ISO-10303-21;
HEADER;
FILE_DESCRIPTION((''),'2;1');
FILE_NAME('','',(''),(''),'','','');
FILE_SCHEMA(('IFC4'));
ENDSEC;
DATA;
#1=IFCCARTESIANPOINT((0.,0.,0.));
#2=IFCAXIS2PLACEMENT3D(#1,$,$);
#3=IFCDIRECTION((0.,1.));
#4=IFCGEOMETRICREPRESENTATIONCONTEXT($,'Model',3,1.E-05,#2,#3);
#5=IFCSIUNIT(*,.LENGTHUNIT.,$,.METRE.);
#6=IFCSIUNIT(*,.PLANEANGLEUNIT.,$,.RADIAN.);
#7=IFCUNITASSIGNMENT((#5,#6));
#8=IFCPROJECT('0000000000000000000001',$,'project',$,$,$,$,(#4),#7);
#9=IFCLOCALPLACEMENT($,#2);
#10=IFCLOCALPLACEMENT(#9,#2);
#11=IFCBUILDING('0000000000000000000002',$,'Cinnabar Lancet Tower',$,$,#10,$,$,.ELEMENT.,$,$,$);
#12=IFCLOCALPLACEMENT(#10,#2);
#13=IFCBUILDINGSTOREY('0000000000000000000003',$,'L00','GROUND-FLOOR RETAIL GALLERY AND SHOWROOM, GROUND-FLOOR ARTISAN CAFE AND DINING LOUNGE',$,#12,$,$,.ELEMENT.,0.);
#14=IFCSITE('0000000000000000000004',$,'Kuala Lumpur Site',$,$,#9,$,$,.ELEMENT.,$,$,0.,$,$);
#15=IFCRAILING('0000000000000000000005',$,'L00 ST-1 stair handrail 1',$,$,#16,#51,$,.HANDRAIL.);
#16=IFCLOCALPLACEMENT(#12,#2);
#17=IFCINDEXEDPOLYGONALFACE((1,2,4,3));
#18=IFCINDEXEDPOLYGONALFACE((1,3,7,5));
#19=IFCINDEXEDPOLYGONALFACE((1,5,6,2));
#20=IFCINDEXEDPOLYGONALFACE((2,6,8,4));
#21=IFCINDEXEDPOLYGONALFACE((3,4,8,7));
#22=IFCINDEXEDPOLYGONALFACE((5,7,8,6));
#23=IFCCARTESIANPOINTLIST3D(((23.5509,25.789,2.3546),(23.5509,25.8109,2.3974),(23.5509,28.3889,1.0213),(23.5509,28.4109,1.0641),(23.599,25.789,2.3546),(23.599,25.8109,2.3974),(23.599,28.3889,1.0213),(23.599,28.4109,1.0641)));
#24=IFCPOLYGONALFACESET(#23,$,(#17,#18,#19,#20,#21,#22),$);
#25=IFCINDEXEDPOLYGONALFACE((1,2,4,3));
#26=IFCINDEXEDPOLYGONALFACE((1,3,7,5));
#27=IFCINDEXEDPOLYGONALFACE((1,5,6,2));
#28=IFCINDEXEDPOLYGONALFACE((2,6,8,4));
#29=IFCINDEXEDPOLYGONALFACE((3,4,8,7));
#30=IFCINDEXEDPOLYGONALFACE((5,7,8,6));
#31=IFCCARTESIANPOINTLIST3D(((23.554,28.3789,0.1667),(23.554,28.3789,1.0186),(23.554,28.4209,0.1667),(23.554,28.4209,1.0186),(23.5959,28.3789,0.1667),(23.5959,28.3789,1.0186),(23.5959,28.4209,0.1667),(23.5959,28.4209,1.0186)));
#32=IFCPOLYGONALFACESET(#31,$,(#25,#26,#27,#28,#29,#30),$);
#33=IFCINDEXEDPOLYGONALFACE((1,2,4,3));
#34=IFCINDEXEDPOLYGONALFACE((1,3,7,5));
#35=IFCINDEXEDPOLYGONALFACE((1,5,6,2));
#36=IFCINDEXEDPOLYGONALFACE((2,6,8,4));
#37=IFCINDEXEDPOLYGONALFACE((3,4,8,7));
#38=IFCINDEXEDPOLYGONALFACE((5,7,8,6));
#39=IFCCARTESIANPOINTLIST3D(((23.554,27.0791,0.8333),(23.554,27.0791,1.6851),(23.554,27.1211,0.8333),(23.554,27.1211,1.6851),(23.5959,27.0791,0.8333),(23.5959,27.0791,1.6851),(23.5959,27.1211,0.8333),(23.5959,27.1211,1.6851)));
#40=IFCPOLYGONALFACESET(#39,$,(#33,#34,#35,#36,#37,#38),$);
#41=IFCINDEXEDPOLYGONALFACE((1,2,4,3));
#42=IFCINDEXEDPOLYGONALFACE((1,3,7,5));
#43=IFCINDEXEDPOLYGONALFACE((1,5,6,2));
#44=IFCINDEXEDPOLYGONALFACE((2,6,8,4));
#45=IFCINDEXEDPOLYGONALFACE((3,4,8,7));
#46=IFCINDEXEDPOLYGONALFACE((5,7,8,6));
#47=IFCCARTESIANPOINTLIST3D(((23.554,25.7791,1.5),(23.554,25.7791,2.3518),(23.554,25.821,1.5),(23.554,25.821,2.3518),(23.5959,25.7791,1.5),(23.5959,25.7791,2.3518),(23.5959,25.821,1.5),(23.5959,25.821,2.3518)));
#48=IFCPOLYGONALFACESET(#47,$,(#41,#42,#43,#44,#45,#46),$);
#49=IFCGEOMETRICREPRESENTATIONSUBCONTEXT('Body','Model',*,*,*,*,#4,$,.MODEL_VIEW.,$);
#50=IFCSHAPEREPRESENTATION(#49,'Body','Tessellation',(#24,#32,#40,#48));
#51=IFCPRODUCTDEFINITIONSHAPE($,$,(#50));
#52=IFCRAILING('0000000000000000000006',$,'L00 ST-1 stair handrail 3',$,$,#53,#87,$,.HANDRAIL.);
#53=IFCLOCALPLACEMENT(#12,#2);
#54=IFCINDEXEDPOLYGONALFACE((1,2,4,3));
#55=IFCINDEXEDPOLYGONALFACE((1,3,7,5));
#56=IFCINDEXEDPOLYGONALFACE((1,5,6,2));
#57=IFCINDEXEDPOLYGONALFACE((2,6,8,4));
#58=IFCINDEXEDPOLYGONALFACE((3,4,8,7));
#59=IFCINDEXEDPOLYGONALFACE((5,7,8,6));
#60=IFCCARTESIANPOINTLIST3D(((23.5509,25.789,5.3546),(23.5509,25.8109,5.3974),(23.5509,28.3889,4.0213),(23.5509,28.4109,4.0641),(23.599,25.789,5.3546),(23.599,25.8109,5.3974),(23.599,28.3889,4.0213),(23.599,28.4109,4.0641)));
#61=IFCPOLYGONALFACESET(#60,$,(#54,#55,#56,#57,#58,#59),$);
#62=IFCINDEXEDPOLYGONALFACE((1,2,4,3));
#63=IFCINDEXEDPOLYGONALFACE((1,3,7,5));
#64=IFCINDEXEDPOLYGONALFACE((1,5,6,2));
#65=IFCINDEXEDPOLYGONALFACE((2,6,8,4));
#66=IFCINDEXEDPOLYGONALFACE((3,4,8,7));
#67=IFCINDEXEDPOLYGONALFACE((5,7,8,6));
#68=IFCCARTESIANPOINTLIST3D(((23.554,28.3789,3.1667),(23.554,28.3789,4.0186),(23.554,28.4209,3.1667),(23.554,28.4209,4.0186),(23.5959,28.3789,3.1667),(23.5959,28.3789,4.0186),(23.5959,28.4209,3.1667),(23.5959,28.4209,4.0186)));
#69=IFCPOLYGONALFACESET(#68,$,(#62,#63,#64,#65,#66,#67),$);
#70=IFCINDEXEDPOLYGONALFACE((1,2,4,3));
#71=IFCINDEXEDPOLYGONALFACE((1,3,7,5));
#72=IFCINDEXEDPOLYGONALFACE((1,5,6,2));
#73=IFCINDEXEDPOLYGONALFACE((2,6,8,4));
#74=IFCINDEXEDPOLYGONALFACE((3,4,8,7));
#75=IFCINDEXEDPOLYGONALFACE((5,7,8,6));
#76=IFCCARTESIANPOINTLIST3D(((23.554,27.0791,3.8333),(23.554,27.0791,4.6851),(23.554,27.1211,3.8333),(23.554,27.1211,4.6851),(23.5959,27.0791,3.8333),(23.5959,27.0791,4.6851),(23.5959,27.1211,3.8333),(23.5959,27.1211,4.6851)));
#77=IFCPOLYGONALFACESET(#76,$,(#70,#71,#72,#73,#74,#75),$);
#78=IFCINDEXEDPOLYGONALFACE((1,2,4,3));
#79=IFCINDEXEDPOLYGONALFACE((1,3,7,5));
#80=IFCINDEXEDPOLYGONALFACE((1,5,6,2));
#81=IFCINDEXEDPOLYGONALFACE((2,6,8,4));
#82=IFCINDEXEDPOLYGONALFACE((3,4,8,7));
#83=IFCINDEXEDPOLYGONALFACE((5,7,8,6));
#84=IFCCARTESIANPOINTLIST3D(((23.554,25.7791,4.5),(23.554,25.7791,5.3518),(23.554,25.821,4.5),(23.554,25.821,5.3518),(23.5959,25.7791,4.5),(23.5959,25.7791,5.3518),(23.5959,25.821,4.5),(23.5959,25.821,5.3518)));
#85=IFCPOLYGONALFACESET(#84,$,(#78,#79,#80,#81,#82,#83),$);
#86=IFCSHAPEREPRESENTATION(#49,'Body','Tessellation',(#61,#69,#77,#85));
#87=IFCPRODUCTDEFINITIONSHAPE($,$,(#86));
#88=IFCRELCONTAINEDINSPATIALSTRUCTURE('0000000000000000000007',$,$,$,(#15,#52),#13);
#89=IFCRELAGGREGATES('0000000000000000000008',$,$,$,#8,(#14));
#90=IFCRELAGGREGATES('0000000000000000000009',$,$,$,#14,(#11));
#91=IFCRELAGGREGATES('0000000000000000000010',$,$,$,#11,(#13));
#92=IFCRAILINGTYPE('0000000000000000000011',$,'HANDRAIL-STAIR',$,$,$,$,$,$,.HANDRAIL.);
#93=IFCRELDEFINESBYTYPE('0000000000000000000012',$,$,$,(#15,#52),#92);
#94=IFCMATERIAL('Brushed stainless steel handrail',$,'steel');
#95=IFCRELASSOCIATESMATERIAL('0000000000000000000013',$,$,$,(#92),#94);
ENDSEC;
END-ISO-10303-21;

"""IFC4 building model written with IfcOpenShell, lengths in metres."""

from ifc_helpers import new_model, si_unit, direction, frame, origin, origin_2d, place, context, subcontext, project, spatial, rectangle, extrude, material, type_object, element, save


model = new_model("IFC4")

# Units and contexts
model_context = context("Model", 3, precision=1e-05, world=origin(), true_north=direction((0.0, 1.0)))
body_context = subcontext(model_context, "Body", "Model", "MODEL_VIEW")
ifc_project = project(units=[si_unit("LENGTHUNIT", "METRE"), si_unit("PLANEANGLEUNIT", "RADIAN")], contexts=[model_context])

# Site, building, storey
site_placement = place(None, origin())
site = spatial("IfcSite", under=ifc_project, at=site_placement, Name="Kuala Lumpur Site", CompositionType="ELEMENT", RefElevation=0.0)
building_placement = place(site_placement, origin())
building = spatial("IfcBuilding", under=site, at=building_placement, Name="Cinnabar Lancet Tower", CompositionType="ELEMENT")
storey_placement = place(building_placement, origin())
storey = spatial("IfcBuildingStorey", under=building, at=storey_placement, Name="L00", Description="GROUND-FLOOR RETAIL GALLERY AND SHOWROOM, GROUND-FLOOR ARTISAN CAFE AND DINING LOUNGE", CompositionType="ELEMENT", Elevation=0.0)

# Railings
ifc_material_1 = material(Name="Brushed stainless steel handrail", Category="steel")
railing_type = type_object("IfcRailingType", Name="HANDRAIL-STAIR", PredefinedType="HANDRAIL", material=ifc_material_1)
for number, where, name in (
    (1, (23.575, 28.3999, 0.1667), "L00 ST-1 stair handrail 1"),
    (2, (23.575, 28.3999, 3.1667), "L00 ST-1 stair handrail 3"),
):
    element("IfcRailing", number, at=place(storey_placement, frame(where)), inside=storey, type_object=railing_type, Name=name, PredefinedType="HANDRAIL", context=body_context, shape_type="SweptSolid", body=[
        extrude(rectangle(XDim=0.0481, YDim=0.0481, at=origin_2d()), frame((0.0, 0.0, 0.876), z_axis=(0.0, -0.889818, 0.456315), x_axis=(1.0, 0.0, 0.0)), (0.0, 0.0, 1.0), 2.9219),
        extrude(rectangle(XDim=0.042, YDim=0.042, at=origin_2d()), origin(), (0.0, 0.0, 1.0), 0.8518),
        extrude(rectangle(XDim=0.042, YDim=0.042, at=origin_2d()), frame((0.0, -1.2998, 0.6665)), (0.0, 0.0, 1.0), 0.8518),
        extrude(rectangle(XDim=0.042, YDim=0.042, at=origin_2d()), frame((0.0, -2.5999, 1.3333)), (0.0, 0.0, 1.0), 0.8518),
    ])

save(model, "model.ifc")
